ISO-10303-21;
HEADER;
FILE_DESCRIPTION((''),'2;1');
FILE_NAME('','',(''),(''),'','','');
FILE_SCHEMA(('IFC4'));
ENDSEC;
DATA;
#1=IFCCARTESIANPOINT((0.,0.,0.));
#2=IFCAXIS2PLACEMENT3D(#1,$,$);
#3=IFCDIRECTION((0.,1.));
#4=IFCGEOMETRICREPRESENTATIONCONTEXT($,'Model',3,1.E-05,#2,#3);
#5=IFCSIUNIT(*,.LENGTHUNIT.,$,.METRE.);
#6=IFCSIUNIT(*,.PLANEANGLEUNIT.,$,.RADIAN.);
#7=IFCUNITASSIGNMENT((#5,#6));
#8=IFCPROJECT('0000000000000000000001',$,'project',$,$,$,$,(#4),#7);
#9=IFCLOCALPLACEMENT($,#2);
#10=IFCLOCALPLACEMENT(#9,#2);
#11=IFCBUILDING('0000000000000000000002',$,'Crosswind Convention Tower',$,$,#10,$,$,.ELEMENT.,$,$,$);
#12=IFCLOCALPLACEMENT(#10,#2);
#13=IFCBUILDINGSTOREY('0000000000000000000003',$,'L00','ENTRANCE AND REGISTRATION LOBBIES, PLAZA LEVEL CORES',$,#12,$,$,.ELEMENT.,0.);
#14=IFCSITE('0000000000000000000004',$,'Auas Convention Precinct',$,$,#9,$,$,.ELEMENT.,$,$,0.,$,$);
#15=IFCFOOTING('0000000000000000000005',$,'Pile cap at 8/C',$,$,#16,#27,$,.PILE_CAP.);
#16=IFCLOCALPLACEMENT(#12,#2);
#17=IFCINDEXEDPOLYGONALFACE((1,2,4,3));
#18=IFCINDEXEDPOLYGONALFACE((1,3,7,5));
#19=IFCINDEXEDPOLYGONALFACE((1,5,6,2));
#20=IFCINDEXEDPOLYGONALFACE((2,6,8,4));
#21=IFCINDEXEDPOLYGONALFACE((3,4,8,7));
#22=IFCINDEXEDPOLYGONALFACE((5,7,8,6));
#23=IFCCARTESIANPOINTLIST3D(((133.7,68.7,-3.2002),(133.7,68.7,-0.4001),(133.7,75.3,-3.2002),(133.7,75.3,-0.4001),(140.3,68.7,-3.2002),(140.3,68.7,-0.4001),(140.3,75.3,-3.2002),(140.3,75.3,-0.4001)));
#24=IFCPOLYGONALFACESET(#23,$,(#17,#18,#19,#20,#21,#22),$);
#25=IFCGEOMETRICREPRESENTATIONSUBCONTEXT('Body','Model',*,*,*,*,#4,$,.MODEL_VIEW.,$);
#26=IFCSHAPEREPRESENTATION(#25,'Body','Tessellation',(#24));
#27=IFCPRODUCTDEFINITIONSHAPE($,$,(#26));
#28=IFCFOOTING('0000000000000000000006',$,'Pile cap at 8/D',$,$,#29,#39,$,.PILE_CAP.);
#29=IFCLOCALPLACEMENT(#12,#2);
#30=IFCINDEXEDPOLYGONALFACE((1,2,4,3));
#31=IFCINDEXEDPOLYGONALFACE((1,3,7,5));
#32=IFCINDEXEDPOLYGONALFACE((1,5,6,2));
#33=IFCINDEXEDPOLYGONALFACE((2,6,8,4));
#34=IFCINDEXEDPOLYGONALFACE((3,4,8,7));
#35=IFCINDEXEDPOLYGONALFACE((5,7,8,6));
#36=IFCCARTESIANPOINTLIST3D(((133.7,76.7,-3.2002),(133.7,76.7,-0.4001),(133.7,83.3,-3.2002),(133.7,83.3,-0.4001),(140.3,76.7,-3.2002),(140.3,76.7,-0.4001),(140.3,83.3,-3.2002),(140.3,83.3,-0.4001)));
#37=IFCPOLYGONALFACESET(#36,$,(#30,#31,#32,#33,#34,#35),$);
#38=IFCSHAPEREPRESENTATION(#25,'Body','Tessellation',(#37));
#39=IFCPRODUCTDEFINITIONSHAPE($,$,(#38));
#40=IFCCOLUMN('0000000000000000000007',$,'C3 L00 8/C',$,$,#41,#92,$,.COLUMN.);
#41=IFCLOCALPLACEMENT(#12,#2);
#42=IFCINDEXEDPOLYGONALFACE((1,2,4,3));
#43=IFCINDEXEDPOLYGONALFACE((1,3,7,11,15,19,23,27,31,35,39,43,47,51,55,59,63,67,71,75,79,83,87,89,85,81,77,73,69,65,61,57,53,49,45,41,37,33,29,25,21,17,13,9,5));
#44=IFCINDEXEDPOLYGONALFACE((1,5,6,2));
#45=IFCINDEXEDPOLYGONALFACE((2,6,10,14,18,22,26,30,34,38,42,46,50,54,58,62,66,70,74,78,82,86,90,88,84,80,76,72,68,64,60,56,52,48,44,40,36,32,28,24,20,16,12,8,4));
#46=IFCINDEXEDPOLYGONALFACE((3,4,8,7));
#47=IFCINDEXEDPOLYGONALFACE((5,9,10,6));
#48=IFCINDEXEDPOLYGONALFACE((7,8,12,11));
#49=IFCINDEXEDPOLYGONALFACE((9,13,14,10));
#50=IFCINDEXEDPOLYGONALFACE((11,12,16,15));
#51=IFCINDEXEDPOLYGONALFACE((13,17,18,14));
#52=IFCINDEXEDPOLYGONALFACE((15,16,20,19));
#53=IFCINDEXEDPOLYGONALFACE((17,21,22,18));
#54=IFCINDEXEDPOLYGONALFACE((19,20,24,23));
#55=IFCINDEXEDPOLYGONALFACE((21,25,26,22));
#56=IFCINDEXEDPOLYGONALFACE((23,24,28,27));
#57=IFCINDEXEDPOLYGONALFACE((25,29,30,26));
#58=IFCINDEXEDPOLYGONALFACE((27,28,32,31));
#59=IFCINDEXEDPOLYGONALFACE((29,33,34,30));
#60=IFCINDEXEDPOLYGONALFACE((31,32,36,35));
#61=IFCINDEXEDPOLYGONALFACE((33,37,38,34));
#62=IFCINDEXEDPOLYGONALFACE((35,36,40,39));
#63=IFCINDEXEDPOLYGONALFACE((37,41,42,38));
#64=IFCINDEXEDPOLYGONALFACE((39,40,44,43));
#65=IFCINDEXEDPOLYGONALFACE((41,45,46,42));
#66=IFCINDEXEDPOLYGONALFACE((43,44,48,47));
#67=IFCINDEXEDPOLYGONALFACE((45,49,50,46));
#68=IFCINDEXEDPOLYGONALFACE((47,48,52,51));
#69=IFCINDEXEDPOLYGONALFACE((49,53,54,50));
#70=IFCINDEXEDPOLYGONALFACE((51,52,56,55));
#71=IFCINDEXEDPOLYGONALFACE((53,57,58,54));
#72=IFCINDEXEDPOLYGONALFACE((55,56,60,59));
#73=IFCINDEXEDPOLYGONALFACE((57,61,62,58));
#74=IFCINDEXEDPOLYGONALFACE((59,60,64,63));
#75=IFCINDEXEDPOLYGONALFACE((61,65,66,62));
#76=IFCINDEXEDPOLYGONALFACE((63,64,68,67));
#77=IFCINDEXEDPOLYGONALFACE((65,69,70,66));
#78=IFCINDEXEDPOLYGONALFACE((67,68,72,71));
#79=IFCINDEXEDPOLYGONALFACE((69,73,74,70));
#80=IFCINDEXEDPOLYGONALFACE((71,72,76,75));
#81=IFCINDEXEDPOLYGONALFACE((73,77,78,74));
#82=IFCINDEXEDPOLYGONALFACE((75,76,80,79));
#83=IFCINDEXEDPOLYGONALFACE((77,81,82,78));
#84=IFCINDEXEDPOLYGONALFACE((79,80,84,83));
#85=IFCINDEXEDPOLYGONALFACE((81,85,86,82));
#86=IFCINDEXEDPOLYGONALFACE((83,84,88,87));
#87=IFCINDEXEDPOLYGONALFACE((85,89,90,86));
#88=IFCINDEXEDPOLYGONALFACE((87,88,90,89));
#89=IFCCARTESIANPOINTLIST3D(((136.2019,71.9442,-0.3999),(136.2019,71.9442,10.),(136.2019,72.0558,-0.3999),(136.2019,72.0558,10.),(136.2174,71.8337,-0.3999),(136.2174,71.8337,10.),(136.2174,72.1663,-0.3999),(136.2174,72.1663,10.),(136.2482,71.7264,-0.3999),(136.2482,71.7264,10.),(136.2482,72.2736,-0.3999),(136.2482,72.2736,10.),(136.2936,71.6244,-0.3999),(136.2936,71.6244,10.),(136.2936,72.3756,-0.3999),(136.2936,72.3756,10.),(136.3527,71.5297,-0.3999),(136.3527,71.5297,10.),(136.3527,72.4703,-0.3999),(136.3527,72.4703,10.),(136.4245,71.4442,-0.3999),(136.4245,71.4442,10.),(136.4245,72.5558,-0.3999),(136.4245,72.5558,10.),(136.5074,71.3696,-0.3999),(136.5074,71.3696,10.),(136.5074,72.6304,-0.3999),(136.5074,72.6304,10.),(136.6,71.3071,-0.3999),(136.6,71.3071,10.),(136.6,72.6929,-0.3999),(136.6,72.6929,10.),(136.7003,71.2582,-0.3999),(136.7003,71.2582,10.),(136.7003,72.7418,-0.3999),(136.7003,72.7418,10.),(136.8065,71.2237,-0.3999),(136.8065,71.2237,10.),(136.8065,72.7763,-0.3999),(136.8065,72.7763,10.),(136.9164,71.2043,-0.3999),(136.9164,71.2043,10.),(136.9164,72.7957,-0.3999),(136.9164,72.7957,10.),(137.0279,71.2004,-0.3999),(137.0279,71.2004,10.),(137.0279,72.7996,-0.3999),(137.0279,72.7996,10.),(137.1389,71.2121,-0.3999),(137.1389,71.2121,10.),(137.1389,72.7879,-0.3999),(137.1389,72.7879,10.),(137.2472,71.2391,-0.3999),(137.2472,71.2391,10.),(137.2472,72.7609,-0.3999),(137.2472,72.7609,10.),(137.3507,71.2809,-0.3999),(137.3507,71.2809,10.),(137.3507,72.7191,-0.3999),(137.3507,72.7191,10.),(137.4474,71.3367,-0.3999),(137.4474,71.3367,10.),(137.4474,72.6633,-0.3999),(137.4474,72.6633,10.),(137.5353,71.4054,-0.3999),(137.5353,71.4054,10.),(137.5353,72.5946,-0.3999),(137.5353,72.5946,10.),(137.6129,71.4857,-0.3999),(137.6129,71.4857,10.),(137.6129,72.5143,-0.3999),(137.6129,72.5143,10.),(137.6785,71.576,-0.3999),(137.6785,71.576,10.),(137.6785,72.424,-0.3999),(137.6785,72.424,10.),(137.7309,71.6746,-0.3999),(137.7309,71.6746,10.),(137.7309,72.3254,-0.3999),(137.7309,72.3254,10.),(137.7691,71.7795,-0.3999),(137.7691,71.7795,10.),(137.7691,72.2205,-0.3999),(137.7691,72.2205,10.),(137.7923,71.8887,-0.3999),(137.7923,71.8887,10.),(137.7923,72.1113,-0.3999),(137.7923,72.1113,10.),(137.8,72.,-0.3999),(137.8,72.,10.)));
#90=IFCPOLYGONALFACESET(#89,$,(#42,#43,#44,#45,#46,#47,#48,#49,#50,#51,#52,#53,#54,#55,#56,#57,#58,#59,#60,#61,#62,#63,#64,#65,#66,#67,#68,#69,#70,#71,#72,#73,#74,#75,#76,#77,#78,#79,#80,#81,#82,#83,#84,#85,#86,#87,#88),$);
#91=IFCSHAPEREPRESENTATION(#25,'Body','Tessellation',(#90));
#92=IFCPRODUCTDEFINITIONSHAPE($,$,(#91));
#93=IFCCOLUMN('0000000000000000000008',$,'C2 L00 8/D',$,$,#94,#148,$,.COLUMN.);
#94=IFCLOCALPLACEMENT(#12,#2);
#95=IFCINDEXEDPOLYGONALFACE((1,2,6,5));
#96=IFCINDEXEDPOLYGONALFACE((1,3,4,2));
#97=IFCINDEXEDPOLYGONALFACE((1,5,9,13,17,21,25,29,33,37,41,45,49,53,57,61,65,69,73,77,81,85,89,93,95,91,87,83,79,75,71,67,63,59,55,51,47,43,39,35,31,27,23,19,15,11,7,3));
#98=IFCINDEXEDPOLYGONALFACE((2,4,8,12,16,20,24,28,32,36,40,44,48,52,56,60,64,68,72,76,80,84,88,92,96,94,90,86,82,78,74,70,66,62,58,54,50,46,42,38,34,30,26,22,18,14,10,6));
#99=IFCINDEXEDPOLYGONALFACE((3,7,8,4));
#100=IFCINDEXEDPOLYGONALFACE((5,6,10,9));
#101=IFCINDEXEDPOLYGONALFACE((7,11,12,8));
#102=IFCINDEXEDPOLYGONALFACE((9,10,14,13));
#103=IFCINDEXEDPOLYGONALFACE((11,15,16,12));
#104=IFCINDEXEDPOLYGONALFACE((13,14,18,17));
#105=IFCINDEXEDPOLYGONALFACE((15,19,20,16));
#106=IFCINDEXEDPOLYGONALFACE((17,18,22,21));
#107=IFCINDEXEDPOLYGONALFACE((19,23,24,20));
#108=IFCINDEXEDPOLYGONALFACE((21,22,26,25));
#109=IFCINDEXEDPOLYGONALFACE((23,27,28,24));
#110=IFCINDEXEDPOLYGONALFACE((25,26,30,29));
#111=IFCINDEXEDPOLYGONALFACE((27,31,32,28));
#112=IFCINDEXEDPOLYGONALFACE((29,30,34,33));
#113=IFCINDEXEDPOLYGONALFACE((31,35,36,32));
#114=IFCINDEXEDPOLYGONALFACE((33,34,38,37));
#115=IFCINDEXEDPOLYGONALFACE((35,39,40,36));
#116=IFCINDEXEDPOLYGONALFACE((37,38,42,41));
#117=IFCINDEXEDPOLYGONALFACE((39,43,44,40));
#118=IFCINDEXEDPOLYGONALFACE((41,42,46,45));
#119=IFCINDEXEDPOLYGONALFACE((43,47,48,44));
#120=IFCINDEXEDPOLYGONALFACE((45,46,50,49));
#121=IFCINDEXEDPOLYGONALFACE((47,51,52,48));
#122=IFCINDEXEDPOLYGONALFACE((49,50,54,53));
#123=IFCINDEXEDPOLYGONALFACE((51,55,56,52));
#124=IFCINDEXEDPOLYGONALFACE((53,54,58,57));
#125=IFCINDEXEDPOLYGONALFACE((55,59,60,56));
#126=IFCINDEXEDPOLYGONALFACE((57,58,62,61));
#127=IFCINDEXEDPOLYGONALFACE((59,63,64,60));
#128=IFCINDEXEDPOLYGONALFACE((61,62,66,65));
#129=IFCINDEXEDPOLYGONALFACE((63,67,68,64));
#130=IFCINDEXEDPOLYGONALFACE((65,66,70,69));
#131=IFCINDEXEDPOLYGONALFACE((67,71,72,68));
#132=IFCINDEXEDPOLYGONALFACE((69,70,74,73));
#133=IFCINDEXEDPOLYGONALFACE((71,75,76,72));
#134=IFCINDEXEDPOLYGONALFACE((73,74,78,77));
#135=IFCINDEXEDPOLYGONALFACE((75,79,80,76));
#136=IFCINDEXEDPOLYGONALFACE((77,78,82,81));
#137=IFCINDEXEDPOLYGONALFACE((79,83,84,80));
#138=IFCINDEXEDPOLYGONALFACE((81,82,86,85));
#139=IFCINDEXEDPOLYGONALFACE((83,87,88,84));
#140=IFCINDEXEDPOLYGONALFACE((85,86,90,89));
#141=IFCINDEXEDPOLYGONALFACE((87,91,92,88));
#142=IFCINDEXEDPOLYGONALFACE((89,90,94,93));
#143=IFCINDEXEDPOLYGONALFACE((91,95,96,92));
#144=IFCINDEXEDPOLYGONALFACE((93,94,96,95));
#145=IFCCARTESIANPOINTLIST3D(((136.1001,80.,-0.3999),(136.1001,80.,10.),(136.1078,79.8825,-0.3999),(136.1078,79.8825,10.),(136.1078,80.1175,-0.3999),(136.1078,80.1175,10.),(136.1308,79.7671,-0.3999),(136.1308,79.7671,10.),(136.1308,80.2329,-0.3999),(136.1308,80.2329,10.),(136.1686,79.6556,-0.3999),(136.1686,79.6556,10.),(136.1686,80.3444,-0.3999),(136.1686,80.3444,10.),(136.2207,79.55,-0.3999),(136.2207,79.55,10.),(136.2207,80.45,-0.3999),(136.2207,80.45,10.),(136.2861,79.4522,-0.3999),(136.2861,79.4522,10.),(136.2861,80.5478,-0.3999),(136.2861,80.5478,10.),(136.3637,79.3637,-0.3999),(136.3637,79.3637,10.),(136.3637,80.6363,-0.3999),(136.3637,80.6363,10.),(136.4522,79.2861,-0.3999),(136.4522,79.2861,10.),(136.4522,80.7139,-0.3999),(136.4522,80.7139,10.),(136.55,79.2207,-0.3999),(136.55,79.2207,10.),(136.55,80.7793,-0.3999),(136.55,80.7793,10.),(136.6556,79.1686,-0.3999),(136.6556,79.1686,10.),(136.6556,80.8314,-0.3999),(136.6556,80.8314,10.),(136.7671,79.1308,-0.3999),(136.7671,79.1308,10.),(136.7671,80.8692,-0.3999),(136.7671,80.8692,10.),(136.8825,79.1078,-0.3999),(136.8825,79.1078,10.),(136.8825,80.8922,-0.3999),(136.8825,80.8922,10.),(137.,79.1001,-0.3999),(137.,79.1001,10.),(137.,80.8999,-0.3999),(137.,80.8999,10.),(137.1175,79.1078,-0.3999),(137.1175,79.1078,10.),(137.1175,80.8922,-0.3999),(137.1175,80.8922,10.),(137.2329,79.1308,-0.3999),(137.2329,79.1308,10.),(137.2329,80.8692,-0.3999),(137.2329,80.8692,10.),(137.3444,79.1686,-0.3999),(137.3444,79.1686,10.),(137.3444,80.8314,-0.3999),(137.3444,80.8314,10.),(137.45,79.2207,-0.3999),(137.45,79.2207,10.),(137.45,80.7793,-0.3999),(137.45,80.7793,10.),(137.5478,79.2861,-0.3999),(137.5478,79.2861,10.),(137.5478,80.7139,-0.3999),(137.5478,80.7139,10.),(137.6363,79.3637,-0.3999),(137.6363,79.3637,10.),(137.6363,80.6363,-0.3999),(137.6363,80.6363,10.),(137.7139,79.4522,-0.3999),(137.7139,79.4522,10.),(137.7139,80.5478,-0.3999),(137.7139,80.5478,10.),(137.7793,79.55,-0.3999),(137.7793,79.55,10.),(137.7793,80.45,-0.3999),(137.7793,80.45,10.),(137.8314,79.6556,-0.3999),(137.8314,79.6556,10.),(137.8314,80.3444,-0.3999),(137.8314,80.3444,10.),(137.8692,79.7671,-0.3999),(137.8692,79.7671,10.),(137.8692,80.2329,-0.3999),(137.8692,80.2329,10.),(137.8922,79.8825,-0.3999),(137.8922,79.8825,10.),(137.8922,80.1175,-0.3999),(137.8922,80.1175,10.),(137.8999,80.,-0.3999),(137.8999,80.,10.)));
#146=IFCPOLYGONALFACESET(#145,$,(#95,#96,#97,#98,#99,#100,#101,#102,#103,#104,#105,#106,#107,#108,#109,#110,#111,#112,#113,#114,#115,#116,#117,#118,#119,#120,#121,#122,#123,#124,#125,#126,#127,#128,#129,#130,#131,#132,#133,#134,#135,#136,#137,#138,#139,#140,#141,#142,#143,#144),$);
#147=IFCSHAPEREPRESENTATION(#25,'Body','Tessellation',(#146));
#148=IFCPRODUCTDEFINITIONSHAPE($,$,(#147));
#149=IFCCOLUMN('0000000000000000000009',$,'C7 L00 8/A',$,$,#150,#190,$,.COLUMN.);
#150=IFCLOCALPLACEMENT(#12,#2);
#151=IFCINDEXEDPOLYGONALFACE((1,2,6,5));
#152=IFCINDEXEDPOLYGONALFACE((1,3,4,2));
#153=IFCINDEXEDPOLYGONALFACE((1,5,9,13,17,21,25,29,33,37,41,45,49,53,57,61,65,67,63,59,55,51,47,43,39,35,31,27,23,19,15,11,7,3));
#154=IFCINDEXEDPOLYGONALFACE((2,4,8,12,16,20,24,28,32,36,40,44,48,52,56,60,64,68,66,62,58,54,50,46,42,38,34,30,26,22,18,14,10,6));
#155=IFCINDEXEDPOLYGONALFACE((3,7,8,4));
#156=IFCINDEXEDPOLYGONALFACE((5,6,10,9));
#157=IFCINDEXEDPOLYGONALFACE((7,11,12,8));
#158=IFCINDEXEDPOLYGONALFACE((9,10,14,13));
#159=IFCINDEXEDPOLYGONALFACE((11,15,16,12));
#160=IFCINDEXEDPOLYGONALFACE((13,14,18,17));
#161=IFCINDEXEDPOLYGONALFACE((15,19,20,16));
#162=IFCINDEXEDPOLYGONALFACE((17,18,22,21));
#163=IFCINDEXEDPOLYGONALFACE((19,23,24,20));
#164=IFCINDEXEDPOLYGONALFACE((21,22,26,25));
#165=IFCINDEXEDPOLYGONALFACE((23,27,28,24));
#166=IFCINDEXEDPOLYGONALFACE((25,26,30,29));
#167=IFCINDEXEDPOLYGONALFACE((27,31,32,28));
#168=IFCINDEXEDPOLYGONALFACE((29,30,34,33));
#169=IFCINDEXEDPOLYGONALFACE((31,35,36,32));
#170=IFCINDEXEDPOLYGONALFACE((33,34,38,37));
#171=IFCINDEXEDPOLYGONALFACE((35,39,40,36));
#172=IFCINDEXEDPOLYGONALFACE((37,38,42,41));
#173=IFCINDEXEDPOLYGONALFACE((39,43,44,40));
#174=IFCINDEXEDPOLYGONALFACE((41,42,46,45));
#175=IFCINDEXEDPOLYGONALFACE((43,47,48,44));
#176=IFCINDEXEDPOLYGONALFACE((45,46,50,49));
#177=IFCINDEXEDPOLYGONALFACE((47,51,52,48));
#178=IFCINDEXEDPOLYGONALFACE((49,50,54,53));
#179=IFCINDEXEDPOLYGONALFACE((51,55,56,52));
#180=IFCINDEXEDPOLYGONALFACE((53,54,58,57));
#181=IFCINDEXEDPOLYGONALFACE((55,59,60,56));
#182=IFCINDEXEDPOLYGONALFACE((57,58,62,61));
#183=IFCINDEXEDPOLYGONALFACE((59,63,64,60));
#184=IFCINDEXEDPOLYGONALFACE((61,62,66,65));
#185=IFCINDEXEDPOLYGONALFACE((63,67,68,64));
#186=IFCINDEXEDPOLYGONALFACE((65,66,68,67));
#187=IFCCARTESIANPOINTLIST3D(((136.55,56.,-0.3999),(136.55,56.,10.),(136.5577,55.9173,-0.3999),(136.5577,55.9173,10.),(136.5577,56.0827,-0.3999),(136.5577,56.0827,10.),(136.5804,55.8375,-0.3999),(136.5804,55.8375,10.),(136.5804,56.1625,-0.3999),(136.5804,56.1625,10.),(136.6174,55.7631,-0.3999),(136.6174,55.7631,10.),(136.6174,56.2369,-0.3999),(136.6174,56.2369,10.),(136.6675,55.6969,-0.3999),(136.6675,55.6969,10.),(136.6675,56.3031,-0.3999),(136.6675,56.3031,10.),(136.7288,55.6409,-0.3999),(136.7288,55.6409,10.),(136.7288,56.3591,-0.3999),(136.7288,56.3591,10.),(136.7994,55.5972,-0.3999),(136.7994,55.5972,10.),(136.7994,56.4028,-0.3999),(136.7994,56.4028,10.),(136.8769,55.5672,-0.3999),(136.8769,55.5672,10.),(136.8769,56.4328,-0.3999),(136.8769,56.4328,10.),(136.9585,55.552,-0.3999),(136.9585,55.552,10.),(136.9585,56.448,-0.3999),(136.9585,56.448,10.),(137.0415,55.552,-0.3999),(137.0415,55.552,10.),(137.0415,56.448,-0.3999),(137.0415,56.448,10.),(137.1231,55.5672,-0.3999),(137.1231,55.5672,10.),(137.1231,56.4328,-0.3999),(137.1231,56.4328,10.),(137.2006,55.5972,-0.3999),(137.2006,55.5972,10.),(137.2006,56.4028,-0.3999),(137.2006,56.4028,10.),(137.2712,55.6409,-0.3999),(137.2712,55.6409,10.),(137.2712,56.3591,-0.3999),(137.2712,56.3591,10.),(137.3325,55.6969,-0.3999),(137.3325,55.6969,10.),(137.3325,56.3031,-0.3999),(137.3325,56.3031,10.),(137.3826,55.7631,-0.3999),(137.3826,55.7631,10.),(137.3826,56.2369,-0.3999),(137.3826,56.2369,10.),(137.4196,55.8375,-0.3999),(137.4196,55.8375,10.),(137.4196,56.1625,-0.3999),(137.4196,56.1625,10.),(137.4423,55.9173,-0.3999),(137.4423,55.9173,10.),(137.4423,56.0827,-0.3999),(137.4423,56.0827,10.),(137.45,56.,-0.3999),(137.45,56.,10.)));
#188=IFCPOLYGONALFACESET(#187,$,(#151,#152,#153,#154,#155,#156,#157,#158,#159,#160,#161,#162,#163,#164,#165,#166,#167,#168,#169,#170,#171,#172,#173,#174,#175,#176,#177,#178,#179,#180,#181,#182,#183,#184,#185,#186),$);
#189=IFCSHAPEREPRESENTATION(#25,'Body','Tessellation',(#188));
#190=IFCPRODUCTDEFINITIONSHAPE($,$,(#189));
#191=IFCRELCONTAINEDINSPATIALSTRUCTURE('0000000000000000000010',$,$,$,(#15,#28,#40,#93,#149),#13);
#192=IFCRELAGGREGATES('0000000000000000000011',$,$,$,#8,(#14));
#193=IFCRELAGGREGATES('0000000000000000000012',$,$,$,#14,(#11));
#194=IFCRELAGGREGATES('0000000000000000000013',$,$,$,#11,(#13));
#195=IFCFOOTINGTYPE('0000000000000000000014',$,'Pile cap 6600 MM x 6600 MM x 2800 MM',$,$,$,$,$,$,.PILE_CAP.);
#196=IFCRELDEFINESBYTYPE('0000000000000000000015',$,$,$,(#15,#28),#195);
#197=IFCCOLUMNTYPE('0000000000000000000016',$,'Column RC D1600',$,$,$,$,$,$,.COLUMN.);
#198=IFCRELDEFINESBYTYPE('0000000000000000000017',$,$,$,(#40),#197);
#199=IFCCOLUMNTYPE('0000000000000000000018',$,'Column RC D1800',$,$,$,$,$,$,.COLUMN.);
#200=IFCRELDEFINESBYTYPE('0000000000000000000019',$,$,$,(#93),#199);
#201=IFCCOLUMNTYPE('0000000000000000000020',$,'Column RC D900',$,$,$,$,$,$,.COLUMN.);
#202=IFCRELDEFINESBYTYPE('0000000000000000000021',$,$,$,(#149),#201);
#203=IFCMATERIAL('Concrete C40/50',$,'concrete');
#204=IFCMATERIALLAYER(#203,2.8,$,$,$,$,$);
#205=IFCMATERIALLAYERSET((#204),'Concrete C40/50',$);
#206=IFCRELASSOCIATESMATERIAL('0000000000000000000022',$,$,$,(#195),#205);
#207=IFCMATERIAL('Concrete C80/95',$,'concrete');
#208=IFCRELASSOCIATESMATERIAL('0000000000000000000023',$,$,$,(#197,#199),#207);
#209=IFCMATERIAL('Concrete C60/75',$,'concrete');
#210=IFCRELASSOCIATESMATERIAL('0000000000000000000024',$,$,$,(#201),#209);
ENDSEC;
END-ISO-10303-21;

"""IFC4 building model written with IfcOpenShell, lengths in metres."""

from ifc_helpers import new_model, si_unit, direction, frame, origin, origin_2d, place, context, subcontext, project, spatial, rectangle, circle, extrude, material, layer, layer_set, material_profile, profile_set, type_object, element, save


model = new_model("IFC4")

# Units and contexts
model_context = context("Model", 3, precision=1e-05, world=origin(), true_north=direction((0.0, 1.0)))
body_context = subcontext(model_context, "Body", "Model", "MODEL_VIEW")
ifc_project = project(units=[si_unit("LENGTHUNIT", "METRE"), si_unit("PLANEANGLEUNIT", "RADIAN")], contexts=[model_context])

# Site, building, storey
site_placement = place(None, origin())
site = spatial("IfcSite", under=ifc_project, at=site_placement, Name="Auas Convention Precinct", CompositionType="ELEMENT", RefElevation=0.0)
building_placement = place(site_placement, origin())
building = spatial("IfcBuilding", under=site, at=building_placement, Name="Crosswind Convention Tower", CompositionType="ELEMENT")
storey_placement = place(building_placement, origin())
storey = spatial("IfcBuildingStorey", under=building, at=storey_placement, Name="L00", Description="ENTRANCE AND REGISTRATION LOBBIES, PLAZA LEVEL CORES", CompositionType="ELEMENT", Elevation=0.0)

# Shared definitions
ifc_material_1 = material(Name="Concrete C40/50", Category="concrete")

# Footings
ifc_layer_1 = layer(ifc_material_1, 2.8)
ifc_layer_set_1 = layer_set([ifc_layer_1], Name="Concrete C40/50")
footing_type_1 = type_object("IfcFootingType", Name="Pile cap 6600 MM x 6600 MM x 2800 MM", PredefinedType="PILE_CAP", material=ifc_layer_set_1)
for number, where, z_axis, x_axis, name in (
    (1, (137.0, 72.0, -3.2002), (0.0, 0.0, 1.0), (1.0, 0.0, 0.0), "Pile cap at 8/C"),
    (2, (137.0, 80.0, -3.2002), (0.0, 0.0, 1.0), (1.0, 0.0, 0.0), "Pile cap at 8/D"),
):
    element("IfcFooting", number, at=place(storey_placement, frame(where, z_axis=z_axis, x_axis=x_axis)), inside=storey, type_object=footing_type_1, Name=name, PredefinedType="PILE_CAP", context=body_context, shape_type="SweptSolid", body=[
        extrude(rectangle(XDim=6.6001, YDim=6.6001, at=origin_2d()), origin(), (0.0, 0.0, 1.0), 2.8),
    ])

# Columns
ifc_material_2 = material(Name="Concrete C80/95", Category="concrete")
ifc_material_profile_1 = material_profile(ifc_material_2, circle(Radius=0.8, at=origin_2d()), Name="RC D1600")
ifc_profile_set_1 = profile_set([ifc_material_profile_1], Name="Concrete C80/95")
column_type_1 = type_object("IfcColumnType", Name="Column RC D1600", PredefinedType="COLUMN", material=ifc_profile_set_1)
column_1_placement = place(storey_placement, frame((137.0, 72.0, -0.3999), z_axis=(0.0, 0.0, 1.0), x_axis=(1.0, 0.0, 0.0)))
element("IfcColumn", 3, at=column_1_placement, inside=storey, type_object=column_type_1, Name="C3 L00 8/C", PredefinedType="COLUMN", context=body_context, shape_type="SweptSolid", body=[
    extrude(circle(Radius=0.8, at=origin_2d()), origin(), (0.0, 0.0, 1.0), 10.3999),
])
ifc_material_profile_2 = material_profile(ifc_material_2, circle(Radius=0.8999, at=origin_2d()), Name="RC D1800")
ifc_profile_set_2 = profile_set([ifc_material_profile_2], Name="Concrete C80/95")
column_type_2 = type_object("IfcColumnType", Name="Column RC D1800", PredefinedType="COLUMN", material=ifc_profile_set_2)
column_2_placement = place(storey_placement, frame((137.0, 80.0, -0.3999), z_axis=(0.0, 0.0, 1.0), x_axis=(1.0, 0.0, 0.0)))
element("IfcColumn", 4, at=column_2_placement, inside=storey, type_object=column_type_2, Name="C2 L00 8/D", PredefinedType="COLUMN", context=body_context, shape_type="SweptSolid", body=[
    extrude(circle(Radius=0.8999, at=origin_2d()), origin(), (0.0, 0.0, 1.0), 10.3999),
])
ifc_material_3 = material(Name="Concrete C60/75", Category="concrete")
ifc_material_profile_3 = material_profile(ifc_material_3, circle(Radius=0.45, at=origin_2d()), Name="RC D900")
ifc_profile_set_3 = profile_set([ifc_material_profile_3], Name="Concrete C60/75")
column_type_3 = type_object("IfcColumnType", Name="Column RC D900", PredefinedType="COLUMN", material=ifc_profile_set_3)
for number, where, z_axis, x_axis, name in (
    (5, (137.0, 56.0, -0.3999), (0.0, 0.0, 1.0), (1.0, 0.0, 0.0), "C7 L00 8/A"),
):
    element("IfcColumn", number, at=place(storey_placement, frame(where, z_axis=z_axis, x_axis=x_axis)), inside=storey, type_object=column_type_3, Name=name, PredefinedType="COLUMN", context=body_context, shape_type="SweptSolid", body=[
        extrude(circle(Radius=0.45, at=origin_2d()), origin(), (0.0, 0.0, 1.0), 10.3999),
    ])

save(model, "model.ifc")
